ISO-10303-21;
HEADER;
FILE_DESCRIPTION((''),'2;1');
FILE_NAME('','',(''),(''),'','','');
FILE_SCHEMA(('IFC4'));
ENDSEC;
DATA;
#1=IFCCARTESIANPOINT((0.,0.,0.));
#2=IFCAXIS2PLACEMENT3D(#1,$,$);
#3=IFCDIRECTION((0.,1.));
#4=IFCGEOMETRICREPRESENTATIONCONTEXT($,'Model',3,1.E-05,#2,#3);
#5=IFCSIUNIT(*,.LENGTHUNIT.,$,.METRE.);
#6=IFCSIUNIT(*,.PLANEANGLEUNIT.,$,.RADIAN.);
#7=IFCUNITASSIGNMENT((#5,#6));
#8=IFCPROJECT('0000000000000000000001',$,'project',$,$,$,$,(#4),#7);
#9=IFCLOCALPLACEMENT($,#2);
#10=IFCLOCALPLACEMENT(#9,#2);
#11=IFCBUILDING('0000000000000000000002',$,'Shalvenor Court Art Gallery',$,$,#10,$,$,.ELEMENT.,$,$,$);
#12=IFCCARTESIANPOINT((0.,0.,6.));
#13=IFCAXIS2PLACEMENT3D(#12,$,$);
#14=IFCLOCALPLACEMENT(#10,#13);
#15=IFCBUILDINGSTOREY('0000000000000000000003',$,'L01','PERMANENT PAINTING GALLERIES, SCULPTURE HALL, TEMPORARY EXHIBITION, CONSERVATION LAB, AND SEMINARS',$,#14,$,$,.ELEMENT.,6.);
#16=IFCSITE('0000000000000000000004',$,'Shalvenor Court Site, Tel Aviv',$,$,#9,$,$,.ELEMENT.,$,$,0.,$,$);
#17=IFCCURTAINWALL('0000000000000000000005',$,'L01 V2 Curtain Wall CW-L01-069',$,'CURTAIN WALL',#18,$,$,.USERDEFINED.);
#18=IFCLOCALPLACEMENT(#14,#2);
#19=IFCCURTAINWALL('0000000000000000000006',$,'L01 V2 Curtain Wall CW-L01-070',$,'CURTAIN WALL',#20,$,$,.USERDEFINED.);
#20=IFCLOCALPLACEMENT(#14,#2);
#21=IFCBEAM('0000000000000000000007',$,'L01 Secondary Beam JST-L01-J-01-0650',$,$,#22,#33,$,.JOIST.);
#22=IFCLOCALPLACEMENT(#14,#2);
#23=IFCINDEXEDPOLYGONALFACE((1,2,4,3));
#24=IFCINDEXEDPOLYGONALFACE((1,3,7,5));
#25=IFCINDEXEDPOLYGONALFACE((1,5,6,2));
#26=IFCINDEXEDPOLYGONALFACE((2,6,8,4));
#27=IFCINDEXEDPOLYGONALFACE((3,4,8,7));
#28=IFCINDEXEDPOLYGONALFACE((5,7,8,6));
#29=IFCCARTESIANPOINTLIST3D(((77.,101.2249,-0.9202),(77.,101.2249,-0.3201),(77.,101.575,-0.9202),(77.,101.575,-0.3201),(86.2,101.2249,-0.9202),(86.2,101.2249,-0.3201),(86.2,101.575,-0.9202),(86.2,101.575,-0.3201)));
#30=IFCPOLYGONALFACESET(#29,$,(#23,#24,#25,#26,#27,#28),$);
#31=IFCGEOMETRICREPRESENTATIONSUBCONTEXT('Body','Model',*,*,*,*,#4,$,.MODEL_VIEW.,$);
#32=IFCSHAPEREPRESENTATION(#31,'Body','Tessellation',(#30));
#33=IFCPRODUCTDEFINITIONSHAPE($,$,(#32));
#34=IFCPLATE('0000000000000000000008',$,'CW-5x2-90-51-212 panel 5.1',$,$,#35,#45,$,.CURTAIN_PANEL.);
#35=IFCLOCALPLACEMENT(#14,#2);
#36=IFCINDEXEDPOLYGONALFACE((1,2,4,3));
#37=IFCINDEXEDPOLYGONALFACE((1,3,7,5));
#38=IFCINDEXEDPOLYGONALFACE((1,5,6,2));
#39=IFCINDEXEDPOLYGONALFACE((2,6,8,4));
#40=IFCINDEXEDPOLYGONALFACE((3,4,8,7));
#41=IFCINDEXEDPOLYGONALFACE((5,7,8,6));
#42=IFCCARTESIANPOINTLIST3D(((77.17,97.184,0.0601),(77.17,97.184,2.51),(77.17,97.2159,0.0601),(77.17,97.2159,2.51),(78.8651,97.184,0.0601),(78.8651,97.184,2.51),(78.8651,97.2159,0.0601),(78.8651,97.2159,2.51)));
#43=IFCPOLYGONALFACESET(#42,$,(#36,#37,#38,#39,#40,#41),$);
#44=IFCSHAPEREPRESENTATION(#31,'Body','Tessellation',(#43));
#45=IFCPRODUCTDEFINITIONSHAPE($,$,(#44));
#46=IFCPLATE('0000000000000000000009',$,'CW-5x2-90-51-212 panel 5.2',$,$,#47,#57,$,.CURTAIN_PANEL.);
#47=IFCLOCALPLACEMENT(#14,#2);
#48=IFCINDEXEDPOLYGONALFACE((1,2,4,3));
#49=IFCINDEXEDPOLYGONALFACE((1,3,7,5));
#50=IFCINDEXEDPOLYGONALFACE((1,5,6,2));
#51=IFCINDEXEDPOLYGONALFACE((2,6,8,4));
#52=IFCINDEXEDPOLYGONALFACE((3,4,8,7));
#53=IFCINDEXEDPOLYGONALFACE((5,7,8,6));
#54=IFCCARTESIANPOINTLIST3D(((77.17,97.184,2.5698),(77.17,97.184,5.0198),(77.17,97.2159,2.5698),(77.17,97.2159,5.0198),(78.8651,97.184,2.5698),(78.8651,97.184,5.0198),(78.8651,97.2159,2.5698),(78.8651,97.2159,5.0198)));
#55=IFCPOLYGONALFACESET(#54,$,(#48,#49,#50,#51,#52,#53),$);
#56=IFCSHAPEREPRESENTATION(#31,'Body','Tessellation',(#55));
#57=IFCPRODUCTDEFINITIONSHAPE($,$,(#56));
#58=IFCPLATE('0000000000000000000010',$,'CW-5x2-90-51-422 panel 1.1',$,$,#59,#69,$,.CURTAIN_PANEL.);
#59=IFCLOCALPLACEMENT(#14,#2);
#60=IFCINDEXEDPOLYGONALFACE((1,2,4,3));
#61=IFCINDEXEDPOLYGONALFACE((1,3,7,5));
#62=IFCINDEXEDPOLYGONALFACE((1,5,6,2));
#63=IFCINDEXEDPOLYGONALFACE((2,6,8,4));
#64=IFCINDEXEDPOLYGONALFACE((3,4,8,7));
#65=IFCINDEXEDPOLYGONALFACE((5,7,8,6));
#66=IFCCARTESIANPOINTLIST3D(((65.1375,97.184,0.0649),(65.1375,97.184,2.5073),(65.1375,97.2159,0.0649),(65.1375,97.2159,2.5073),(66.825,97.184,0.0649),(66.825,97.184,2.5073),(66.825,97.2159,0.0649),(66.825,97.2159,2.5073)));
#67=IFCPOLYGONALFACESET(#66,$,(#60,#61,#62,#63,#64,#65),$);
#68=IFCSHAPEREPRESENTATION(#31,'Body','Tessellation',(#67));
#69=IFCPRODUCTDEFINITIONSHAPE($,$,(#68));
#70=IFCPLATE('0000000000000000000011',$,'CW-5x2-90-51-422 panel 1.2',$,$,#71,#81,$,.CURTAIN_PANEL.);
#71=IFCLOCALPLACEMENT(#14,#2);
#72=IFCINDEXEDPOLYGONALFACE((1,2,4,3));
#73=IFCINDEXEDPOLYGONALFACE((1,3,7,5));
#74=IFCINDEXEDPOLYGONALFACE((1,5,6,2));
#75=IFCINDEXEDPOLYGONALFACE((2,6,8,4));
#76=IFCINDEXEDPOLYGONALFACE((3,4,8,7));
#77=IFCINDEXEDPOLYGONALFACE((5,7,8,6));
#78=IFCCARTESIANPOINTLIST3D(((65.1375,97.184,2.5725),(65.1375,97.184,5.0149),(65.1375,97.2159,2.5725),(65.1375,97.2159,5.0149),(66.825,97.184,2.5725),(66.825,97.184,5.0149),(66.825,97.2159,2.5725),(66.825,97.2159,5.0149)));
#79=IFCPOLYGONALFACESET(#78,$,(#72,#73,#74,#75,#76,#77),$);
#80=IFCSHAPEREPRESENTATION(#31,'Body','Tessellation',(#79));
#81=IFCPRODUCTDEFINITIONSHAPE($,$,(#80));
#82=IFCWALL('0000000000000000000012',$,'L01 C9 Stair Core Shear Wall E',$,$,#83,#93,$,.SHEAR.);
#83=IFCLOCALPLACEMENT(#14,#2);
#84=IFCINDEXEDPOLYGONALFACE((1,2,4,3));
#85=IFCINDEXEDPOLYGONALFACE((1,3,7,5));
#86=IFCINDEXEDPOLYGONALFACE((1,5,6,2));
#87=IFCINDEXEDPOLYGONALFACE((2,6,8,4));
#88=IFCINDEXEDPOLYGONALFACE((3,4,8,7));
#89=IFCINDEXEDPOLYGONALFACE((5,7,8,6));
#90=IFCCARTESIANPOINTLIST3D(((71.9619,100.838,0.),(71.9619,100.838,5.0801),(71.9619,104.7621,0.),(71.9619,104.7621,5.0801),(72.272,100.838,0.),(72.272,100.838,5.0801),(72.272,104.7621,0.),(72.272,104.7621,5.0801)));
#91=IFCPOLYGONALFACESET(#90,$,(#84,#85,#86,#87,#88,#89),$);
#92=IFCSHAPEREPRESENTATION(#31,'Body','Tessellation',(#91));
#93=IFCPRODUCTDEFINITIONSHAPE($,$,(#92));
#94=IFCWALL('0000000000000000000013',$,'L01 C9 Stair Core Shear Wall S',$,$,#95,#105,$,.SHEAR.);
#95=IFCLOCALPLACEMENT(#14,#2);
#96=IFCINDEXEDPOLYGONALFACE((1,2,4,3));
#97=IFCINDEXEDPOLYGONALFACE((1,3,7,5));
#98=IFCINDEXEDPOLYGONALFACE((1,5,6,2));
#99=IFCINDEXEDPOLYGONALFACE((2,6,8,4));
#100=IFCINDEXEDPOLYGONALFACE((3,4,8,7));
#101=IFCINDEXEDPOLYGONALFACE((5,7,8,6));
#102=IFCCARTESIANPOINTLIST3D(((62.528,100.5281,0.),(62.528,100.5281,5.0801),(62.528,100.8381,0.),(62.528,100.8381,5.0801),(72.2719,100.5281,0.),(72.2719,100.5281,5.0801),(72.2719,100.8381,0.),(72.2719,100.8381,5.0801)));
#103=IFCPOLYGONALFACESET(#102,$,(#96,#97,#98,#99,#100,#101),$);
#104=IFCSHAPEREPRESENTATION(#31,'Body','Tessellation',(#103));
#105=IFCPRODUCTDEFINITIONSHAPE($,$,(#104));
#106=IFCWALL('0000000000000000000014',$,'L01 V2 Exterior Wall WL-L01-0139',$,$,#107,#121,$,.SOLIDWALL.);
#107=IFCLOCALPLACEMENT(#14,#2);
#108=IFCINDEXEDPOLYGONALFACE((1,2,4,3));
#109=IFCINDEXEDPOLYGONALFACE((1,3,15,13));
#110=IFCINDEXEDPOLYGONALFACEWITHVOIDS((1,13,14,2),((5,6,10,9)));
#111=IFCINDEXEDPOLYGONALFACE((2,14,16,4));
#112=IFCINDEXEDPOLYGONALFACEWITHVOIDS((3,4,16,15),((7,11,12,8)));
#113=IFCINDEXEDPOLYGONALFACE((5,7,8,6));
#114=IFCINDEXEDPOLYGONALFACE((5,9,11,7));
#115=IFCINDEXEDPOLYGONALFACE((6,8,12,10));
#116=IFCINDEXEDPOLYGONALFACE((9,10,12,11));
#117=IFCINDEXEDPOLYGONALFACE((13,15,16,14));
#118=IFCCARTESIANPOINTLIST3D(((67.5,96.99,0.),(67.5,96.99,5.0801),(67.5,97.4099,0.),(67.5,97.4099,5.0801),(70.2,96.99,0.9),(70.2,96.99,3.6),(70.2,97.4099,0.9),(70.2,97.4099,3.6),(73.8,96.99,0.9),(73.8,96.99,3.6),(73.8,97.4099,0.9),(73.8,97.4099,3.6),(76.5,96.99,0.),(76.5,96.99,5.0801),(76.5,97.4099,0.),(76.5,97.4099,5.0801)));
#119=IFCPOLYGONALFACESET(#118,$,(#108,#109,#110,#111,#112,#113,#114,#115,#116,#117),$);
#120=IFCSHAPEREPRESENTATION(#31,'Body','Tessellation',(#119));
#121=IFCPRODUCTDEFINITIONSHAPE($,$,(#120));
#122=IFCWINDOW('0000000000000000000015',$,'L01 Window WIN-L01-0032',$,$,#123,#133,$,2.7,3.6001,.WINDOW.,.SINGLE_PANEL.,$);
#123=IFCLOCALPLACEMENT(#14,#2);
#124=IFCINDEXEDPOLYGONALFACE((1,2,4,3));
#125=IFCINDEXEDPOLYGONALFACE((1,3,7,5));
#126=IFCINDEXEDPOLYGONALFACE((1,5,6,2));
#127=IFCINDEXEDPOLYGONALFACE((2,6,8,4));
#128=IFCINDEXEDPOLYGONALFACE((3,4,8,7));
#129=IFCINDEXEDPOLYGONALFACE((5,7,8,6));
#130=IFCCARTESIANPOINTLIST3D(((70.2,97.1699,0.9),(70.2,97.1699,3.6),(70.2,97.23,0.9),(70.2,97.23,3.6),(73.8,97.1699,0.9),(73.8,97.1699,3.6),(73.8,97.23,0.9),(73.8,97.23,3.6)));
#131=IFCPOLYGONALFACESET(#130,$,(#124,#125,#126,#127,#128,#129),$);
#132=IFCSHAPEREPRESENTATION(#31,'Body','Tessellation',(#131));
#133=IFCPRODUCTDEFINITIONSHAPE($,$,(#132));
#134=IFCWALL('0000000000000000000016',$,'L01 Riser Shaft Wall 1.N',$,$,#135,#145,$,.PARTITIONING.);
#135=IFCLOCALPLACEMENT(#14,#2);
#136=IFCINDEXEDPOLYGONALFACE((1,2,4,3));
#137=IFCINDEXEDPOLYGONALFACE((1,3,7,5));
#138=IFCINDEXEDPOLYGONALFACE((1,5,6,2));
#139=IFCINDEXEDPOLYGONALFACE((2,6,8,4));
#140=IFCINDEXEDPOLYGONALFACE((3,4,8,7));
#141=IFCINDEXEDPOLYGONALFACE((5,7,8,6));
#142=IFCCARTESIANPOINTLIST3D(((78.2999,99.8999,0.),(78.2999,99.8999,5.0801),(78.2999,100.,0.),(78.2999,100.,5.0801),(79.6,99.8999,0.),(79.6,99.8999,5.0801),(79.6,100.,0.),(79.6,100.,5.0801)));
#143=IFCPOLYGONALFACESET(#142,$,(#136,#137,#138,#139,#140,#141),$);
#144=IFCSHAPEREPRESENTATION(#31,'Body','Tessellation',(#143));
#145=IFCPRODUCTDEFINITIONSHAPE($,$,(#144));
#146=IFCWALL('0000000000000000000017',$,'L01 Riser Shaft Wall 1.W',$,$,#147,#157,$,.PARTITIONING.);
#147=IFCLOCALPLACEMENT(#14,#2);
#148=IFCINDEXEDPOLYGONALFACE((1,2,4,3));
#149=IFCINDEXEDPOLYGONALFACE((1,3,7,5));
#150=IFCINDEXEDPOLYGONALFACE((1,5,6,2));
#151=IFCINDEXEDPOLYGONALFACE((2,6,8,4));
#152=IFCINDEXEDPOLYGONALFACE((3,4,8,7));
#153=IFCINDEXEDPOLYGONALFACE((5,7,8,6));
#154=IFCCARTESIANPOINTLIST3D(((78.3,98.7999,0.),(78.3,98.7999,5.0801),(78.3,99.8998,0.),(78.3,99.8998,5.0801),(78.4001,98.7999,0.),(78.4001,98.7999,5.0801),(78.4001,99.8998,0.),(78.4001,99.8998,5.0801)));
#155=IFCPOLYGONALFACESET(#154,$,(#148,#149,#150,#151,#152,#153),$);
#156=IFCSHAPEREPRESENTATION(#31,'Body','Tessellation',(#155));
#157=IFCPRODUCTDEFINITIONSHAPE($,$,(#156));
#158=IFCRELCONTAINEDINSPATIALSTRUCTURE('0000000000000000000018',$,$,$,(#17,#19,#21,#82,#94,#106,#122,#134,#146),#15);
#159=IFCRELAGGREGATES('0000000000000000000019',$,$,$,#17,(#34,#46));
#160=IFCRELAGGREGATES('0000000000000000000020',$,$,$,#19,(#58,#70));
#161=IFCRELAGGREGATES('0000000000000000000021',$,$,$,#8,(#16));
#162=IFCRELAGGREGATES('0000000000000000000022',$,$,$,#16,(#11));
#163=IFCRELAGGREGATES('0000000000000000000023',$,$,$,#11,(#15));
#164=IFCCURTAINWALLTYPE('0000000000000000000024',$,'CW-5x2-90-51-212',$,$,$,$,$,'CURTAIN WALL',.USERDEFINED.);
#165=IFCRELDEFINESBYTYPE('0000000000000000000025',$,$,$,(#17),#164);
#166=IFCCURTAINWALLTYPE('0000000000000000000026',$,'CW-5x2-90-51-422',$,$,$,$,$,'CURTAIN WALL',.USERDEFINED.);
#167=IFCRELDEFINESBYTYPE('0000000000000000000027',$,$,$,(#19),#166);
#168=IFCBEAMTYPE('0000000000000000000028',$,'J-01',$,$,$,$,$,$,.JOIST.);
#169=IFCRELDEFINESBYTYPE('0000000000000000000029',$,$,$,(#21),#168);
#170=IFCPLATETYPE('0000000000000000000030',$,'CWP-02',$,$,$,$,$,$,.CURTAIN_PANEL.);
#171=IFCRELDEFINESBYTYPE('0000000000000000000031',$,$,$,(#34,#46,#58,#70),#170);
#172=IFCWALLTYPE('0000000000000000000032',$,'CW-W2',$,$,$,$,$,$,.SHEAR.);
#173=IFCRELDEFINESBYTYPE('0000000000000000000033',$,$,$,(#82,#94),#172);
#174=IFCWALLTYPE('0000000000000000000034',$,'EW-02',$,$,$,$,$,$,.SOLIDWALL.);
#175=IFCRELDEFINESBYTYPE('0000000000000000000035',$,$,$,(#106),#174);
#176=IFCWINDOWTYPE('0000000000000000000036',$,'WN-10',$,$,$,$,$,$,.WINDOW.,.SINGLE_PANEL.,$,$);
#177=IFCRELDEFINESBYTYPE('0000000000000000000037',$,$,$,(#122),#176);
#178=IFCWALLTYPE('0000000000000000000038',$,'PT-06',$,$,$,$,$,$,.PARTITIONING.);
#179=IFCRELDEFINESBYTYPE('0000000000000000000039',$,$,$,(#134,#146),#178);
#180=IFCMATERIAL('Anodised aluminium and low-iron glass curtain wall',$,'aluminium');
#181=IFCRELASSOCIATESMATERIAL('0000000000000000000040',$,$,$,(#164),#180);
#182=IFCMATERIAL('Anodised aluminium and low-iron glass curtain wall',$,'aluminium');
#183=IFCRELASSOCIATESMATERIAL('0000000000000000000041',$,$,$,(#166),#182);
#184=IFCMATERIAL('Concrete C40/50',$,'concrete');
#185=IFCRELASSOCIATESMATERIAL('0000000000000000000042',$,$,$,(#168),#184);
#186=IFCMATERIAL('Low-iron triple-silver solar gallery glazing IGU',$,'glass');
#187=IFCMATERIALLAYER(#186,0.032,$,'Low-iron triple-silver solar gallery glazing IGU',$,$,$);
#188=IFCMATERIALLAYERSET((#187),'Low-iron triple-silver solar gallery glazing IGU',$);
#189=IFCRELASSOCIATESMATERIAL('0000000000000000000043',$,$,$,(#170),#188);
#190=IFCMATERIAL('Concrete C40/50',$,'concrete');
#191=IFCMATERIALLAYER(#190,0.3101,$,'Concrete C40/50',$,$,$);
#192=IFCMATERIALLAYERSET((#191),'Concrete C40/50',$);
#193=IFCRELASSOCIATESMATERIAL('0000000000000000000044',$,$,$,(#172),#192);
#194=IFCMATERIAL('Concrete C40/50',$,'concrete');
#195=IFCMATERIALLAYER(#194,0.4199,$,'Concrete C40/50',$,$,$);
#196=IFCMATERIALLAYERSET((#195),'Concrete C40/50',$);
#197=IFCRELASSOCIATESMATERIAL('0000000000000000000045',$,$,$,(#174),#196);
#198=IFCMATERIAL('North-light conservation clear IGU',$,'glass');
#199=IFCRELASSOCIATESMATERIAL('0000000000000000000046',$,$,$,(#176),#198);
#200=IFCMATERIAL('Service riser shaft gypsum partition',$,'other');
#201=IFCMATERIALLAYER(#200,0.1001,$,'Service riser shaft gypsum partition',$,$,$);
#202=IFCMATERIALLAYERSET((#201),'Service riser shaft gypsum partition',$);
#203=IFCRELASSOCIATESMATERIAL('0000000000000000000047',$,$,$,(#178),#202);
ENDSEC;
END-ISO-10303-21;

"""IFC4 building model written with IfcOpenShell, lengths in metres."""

from ifc_helpers import new_model, si_unit, direction, frame, frame_2d, origin, origin_2d, place, context, subcontext, project, spatial, rectangle, extrude, material, layer, layer_set, material_profile, profile_set, type_object, element, fill, aggregate, save


model = new_model("IFC4")

# Units and contexts
model_context = context("Model", 3, precision=1e-05, world=origin(), true_north=direction((0.0, 1.0)))
body_context = subcontext(model_context, "Body", "Model", "MODEL_VIEW")
ifc_project = project(units=[si_unit("LENGTHUNIT", "METRE"), si_unit("PLANEANGLEUNIT", "RADIAN")], contexts=[model_context])

# Site, building, storey
site_placement = place(None, origin())
site = spatial("IfcSite", under=ifc_project, at=site_placement, Name="Shalvenor Court Site, Tel Aviv", CompositionType="ELEMENT", RefElevation=0.0)
building_placement = place(site_placement, origin())
building = spatial("IfcBuilding", under=site, at=building_placement, Name="Shalvenor Court Art Gallery", CompositionType="ELEMENT")
storey_placement = place(building_placement, frame((0.0, 0.0, 6.0)))
storey = spatial("IfcBuildingStorey", under=building, at=storey_placement, Name="L01", Description="PERMANENT PAINTING GALLERIES, SCULPTURE HALL, TEMPORARY EXHIBITION, CONSERVATION LAB, AND SEMINARS", CompositionType="ELEMENT", Elevation=6.0)

# Curtain walls
ifc_material_1 = material(Name="Anodised aluminium and low-iron glass curtain wall", Category="aluminium")
curtain_wall_type_1 = type_object("IfcCurtainWallType", Name="CW-5x2-90-51-212", ElementType="CURTAIN WALL", PredefinedType="USERDEFINED", material=ifc_material_1)
curtain_wall_1_placement = place(storey_placement, origin())
curtain_wall_1 = element("IfcCurtainWall", 1, at=curtain_wall_1_placement, inside=storey, type_object=curtain_wall_type_1, Name="L01 V2 Curtain Wall CW-L01-069", ObjectType="CURTAIN WALL", PredefinedType="USERDEFINED")
ifc_material_2 = material(Name="Anodised aluminium and low-iron glass curtain wall", Category="aluminium")
curtain_wall_type_2 = type_object("IfcCurtainWallType", Name="CW-5x2-90-51-422", ElementType="CURTAIN WALL", PredefinedType="USERDEFINED", material=ifc_material_2)
curtain_wall_2_placement = place(storey_placement, origin())
curtain_wall_2 = element("IfcCurtainWall", 2, at=curtain_wall_2_placement, inside=storey, type_object=curtain_wall_type_2, Name="L01 V2 Curtain Wall CW-L01-070", ObjectType="CURTAIN WALL", PredefinedType="USERDEFINED")

# Beam
ifc_material_3 = material(Name="Concrete C40/50", Category="concrete")
ifc_material_profile_1 = material_profile(ifc_material_3, rectangle(XDim=0.3501, YDim=0.6001, at=origin_2d()), Name="RC 350x600")
ifc_profile_set_1 = profile_set([ifc_material_profile_1], Name="Concrete C40/50")
beam_type_1 = type_object("IfcBeamType", Name="J-01", PredefinedType="JOIST", material=ifc_profile_set_1)
beam_1_placement = place(storey_placement, frame((77.0, 101.3999, -0.6201), z_axis=(1.0, 0.0, 0.0), x_axis=(0.0, 1.0, 0.0)))
element("IfcBeam", 3, at=beam_1_placement, inside=storey, type_object=beam_type_1, Name="L01 Secondary Beam JST-L01-J-01-0650", PredefinedType="JOIST", context=body_context, shape_type="SweptSolid", body=[
    extrude(rectangle(XDim=0.3501, YDim=0.6001, at=origin_2d()), origin(), (0.0, 0.0, 1.0), 9.2),
])

# Plates
ifc_material_4 = material(Name="Low-iron triple-silver solar gallery glazing IGU", Category="glass")
ifc_layer_1 = layer(ifc_material_4, 0.032, Name="Low-iron triple-silver solar gallery glazing IGU")
ifc_layer_set_1 = layer_set([ifc_layer_1], Name="Low-iron triple-silver solar gallery glazing IGU")
plate_type = type_object("IfcPlateType", Name="CWP-02", PredefinedType="CURTAIN_PANEL", material=ifc_layer_set_1)
plate_1_placement = place(storey_placement, frame((78.0176, 97.2, 0.0601), z_axis=(0.0, 0.0, 1.0), x_axis=(-1.0, 0.0, 0.0)))
plate_1 = element("IfcPlate", 4, at=plate_1_placement, type_object=plate_type, Name="CW-5x2-90-51-212 panel 5.1", PredefinedType="CURTAIN_PANEL", context=body_context, shape_type="SweptSolid", body=[
    extrude(rectangle(XDim=1.6951, YDim=0.032, at=origin_2d()), origin(), (0.0, 0.0, 1.0), 2.45),
])
plate_2_placement = place(storey_placement, frame((78.0176, 97.2, 2.5698), z_axis=(0.0, 0.0, 1.0), x_axis=(-1.0, 0.0, 0.0)))
plate_2 = element("IfcPlate", 5, at=plate_2_placement, type_object=plate_type, Name="CW-5x2-90-51-212 panel 5.2", PredefinedType="CURTAIN_PANEL", context=body_context, shape_type="SweptSolid", body=[
    extrude(rectangle(XDim=1.6951, YDim=0.032, at=origin_2d()), origin(), (0.0, 0.0, 1.0), 2.45),
])
aggregate(curtain_wall_1, [plate_1, plate_2])
plate_3_placement = place(storey_placement, frame((65.9812, 97.2, 0.0649), z_axis=(0.0, 0.0, 1.0), x_axis=(-1.0, 0.0, 0.0)))
plate_3 = element("IfcPlate", 6, at=plate_3_placement, type_object=plate_type, Name="CW-5x2-90-51-422 panel 1.1", PredefinedType="CURTAIN_PANEL", context=body_context, shape_type="SweptSolid", body=[
    extrude(rectangle(XDim=1.6875, YDim=0.032, at=origin_2d()), origin(), (0.0, 0.0, 1.0), 2.4424),
])
plate_4_placement = place(storey_placement, frame((65.9812, 97.2, 2.5725), z_axis=(0.0, 0.0, 1.0), x_axis=(-1.0, 0.0, 0.0)))
plate_4 = element("IfcPlate", 7, at=plate_4_placement, type_object=plate_type, Name="CW-5x2-90-51-422 panel 1.2", PredefinedType="CURTAIN_PANEL", context=body_context, shape_type="SweptSolid", body=[
    extrude(rectangle(XDim=1.6875, YDim=0.032, at=origin_2d()), origin(), (0.0, 0.0, 1.0), 2.4424),
])
aggregate(curtain_wall_2, [plate_3, plate_4])

# Walls
ifc_material_5 = material(Name="Concrete C40/50", Category="concrete")
ifc_layer_2 = layer(ifc_material_5, 0.3101, Name="Concrete C40/50")
ifc_layer_set_2 = layer_set([ifc_layer_2], Name="Concrete C40/50")
wall_type_1 = type_object("IfcWallType", Name="CW-W2", PredefinedType="SHEAR", material=ifc_layer_set_2)
wall_1_placement = place(storey_placement, frame((72.1169, 104.762, 0.0), z_axis=(0.0, 0.0, 1.0), x_axis=(0.0, -1.0, 0.0)))
element("IfcWall", 8, at=wall_1_placement, inside=storey, type_object=wall_type_1, Name="L01 C9 Stair Core Shear Wall E", PredefinedType="SHEAR", context=body_context, shape_type="SweptSolid", body=[
    extrude(rectangle(XDim=3.9241, YDim=0.3101, at=frame_2d((1.9619, 0.0))), origin(), (0.0, 0.0, 1.0), 5.0801),
])
wall_2_placement = place(storey_placement, frame((72.272, 100.6831, 0.0), z_axis=(0.0, 0.0, 1.0), x_axis=(-1.0, 0.0, 0.0)))
element("IfcWall", 9, at=wall_2_placement, inside=storey, type_object=wall_type_1, Name="L01 C9 Stair Core Shear Wall S", PredefinedType="SHEAR", context=body_context, shape_type="SweptSolid", body=[
    extrude(rectangle(XDim=9.7439, YDim=0.3101, at=frame_2d((4.8721, 0.0))), origin(), (0.0, 0.0, 1.0), 5.0801),
])

# Wall, opening, window
ifc_material_6 = material(Name="Concrete C40/50", Category="concrete")
ifc_layer_3 = layer(ifc_material_6, 0.4199, Name="Concrete C40/50")
ifc_layer_set_3 = layer_set([ifc_layer_3], Name="Concrete C40/50")
wall_type_2 = type_object("IfcWallType", Name="EW-02", PredefinedType="SOLIDWALL", material=ifc_layer_set_3)
wall_3_placement = place(storey_placement, frame((76.5, 97.2, 0.0), z_axis=(0.0, 0.0, 1.0), x_axis=(-1.0, 0.0, 0.0)))
wall_3 = element("IfcWall", 10, at=wall_3_placement, inside=storey, type_object=wall_type_2, Name="L01 V2 Exterior Wall WL-L01-0139", PredefinedType="SOLIDWALL", context=body_context, shape_type="SweptSolid", body=[
    extrude(rectangle(XDim=9.0, YDim=0.4199, at=frame_2d((4.5, 0.0))), origin(), (0.0, 0.0, 1.0), 5.0801),
])
opening_placement = place(wall_3_placement, frame((2.7, 0.0, 0.8999)))
opening = element("IfcOpeningElement", 11, at=opening_placement, cuts=wall_3, PredefinedType="OPENING", context=body_context, shape_type="SweptSolid", body=[
    extrude(rectangle(XDim=3.6001, YDim=2.7, at=frame_2d((1.8, 1.3501))), frame((0.0, 0.22, 0.0), z_axis=(0.0, -1.0, 0.0), x_axis=(1.0, 0.0, 0.0)), (0.0, 0.0, 1.0), 0.4399),
])
ifc_material_7 = material(Name="North-light conservation clear IGU", Category="glass")
window_type = type_object("IfcWindowType", Name="WN-10", PartitioningType="SINGLE_PANEL", PredefinedType="WINDOW", material=ifc_material_7)
window_placement = place(opening_placement, origin())
window = element("IfcWindow", 12, at=window_placement, inside=storey, type_object=window_type, Name="L01 Window WIN-L01-0032", OverallHeight=2.7, OverallWidth=3.6001, PartitioningType="SINGLE_PANEL", PredefinedType="WINDOW", context=body_context, shape_type="SweptSolid", body=[
    extrude(rectangle(XDim=3.6001, YDim=2.7, at=frame_2d((1.8, 1.3501))), frame((0.0, 0.03, 0.0), z_axis=(0.0, -1.0, 0.0), x_axis=(1.0, 0.0, 0.0)), (0.0, 0.0, 1.0), 0.0601),
])
fill(opening, window)

# Walls
ifc_material_8 = material(Name="Service riser shaft gypsum partition", Category="other")
ifc_layer_4 = layer(ifc_material_8, 0.1001, Name="Service riser shaft gypsum partition")
ifc_layer_set_4 = layer_set([ifc_layer_4], Name="Service riser shaft gypsum partition")
wall_type_3 = type_object("IfcWallType", Name="PT-06", PredefinedType="PARTITIONING", material=ifc_layer_set_4)
wall_4_placement = place(storey_placement, frame((78.3, 99.95, 0.0), z_axis=(0.0, 0.0, 1.0), x_axis=(1.0, 0.0, 0.0)))
element("IfcWall", 13, at=wall_4_placement, inside=storey, type_object=wall_type_3, Name="L01 Riser Shaft Wall 1.N", PredefinedType="PARTITIONING", context=body_context, shape_type="SweptSolid", body=[
    extrude(rectangle(XDim=1.3, YDim=0.1001, at=frame_2d((0.6499, 0.0))), origin(), (0.0, 0.0, 1.0), 5.0801),
])
wall_5_placement = place(storey_placement, frame((78.3501, 98.8, 0.0), z_axis=(0.0, 0.0, 1.0), x_axis=(0.0, 1.0, 0.0)))
element("IfcWall", 14, at=wall_5_placement, inside=storey, type_object=wall_type_3, Name="L01 Riser Shaft Wall 1.W", PredefinedType="PARTITIONING", context=body_context, shape_type="SweptSolid", body=[
    extrude(rectangle(XDim=1.0999, YDim=0.1001, at=frame_2d((0.5498, 0.0))), origin(), (0.0, 0.0, 1.0), 5.0801),
])

save(model, "model.ifc")
